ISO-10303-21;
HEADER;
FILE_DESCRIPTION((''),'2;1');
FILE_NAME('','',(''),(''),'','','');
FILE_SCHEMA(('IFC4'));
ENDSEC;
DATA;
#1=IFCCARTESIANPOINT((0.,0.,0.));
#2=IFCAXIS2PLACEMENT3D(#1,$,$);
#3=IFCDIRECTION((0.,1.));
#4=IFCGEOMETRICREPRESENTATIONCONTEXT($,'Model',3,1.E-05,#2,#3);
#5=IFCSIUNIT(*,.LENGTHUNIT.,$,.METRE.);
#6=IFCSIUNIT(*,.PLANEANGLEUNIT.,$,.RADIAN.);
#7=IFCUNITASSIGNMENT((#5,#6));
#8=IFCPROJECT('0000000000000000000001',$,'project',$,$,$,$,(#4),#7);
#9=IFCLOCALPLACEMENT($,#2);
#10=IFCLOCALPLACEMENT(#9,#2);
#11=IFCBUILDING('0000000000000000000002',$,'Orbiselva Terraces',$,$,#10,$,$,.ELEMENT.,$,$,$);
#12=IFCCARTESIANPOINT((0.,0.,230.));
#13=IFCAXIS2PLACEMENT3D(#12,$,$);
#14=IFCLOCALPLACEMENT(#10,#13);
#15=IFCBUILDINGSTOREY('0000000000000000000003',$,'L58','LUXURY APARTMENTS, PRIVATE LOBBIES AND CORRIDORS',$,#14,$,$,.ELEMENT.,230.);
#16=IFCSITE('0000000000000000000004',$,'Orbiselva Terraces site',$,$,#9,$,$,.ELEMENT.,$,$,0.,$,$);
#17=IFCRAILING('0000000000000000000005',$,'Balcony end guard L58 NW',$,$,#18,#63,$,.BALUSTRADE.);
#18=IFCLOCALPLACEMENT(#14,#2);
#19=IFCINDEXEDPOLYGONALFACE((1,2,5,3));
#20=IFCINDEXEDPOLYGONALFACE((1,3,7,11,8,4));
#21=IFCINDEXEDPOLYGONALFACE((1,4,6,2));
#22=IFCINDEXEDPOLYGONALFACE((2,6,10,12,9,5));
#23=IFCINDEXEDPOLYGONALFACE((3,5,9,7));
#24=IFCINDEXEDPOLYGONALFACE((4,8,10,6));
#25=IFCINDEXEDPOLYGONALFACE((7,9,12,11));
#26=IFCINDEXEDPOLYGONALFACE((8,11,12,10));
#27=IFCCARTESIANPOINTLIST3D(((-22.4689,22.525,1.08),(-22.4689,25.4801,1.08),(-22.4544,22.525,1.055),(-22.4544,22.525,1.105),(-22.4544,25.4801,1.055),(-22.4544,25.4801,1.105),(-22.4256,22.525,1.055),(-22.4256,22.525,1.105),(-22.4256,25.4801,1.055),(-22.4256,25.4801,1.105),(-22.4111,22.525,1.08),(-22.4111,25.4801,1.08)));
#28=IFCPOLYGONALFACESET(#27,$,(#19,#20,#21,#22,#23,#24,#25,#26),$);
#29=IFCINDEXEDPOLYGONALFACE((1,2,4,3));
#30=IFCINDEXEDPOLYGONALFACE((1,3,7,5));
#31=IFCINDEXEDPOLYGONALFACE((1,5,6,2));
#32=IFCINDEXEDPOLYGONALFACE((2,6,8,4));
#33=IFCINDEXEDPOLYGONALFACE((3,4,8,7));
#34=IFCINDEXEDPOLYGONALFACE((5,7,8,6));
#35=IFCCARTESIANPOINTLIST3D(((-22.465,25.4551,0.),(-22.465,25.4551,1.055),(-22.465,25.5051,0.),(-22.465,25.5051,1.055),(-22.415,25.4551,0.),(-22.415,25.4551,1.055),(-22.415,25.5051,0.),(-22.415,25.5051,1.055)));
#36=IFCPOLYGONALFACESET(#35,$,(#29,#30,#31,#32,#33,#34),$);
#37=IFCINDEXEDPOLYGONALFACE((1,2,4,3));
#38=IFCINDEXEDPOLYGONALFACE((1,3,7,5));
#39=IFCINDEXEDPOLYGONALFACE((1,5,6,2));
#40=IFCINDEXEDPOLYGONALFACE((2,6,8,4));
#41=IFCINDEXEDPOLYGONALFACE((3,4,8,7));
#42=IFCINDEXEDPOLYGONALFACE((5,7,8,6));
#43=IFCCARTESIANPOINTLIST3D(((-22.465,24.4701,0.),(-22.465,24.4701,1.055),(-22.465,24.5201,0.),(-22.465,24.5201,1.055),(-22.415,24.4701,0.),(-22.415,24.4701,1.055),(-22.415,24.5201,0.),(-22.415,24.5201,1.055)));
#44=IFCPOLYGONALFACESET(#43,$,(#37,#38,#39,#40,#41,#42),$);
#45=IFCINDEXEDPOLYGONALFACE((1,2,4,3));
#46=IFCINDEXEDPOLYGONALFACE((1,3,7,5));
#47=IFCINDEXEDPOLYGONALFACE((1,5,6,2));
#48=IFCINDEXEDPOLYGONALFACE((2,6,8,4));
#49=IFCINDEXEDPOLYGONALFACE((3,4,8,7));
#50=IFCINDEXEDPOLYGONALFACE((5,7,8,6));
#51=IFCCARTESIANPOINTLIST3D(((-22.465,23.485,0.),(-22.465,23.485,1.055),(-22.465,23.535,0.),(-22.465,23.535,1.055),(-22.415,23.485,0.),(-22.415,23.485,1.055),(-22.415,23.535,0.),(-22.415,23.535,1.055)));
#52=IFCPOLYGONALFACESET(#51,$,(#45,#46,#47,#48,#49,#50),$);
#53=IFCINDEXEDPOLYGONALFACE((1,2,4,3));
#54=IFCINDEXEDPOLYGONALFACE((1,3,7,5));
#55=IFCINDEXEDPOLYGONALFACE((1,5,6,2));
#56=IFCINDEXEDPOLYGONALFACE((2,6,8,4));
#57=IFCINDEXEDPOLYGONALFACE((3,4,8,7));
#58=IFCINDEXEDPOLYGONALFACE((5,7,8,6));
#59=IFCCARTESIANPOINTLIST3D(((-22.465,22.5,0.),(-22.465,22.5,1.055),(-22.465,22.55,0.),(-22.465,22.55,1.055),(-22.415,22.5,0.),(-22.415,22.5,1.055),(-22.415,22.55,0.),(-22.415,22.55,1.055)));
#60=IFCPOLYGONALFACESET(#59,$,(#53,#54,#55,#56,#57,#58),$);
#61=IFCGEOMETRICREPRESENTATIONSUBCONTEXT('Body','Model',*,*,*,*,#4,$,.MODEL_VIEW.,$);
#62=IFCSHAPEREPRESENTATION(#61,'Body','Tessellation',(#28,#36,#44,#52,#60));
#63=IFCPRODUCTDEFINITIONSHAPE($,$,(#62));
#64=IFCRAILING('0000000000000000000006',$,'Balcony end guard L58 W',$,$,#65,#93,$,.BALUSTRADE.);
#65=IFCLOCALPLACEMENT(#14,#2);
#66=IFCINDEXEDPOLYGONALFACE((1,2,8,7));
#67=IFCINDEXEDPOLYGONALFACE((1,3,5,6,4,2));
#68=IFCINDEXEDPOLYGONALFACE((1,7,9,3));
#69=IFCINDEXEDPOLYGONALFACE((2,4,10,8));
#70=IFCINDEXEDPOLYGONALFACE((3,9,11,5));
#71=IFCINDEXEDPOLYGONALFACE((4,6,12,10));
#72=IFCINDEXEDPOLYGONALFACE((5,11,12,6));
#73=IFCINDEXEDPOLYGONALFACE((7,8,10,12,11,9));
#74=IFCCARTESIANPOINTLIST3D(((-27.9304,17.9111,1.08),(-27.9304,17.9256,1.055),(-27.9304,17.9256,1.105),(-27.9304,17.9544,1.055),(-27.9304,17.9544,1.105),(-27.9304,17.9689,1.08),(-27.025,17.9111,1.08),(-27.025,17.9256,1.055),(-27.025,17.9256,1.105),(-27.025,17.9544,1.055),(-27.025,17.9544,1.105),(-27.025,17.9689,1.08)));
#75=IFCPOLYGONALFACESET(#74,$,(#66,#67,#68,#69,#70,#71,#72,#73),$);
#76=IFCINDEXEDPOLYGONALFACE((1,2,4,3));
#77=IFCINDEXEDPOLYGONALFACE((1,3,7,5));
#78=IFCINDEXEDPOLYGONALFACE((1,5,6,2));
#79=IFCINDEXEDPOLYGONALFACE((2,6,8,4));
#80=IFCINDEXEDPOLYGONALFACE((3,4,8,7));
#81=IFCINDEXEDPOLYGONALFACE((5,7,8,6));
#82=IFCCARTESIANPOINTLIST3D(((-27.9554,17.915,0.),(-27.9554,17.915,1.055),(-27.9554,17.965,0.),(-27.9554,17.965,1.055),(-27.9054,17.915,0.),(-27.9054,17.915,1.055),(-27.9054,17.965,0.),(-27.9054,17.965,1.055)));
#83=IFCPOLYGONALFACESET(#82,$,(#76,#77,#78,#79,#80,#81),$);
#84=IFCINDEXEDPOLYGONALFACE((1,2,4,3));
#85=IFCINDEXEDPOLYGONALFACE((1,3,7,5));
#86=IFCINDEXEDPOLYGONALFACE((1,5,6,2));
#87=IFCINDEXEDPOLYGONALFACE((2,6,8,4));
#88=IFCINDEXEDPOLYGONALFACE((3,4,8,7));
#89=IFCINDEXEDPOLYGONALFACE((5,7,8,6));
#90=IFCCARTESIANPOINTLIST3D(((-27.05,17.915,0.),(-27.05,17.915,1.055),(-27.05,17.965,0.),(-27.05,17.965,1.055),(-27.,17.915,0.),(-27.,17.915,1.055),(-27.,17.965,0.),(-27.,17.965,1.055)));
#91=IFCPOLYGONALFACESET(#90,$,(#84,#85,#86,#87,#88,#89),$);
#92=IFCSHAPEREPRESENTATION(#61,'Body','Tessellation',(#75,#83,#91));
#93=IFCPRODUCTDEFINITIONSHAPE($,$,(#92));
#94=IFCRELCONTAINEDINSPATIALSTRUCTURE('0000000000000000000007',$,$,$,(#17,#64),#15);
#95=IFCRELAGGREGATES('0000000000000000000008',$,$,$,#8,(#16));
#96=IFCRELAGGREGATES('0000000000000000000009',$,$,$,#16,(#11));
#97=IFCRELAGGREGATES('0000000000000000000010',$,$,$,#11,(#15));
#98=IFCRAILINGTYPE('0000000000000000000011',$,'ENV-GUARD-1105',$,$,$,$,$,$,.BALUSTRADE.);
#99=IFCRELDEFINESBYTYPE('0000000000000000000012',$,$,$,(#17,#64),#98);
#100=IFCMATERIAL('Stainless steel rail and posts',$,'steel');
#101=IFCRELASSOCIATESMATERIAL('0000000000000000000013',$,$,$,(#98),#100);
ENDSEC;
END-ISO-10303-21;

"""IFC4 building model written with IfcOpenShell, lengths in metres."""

from ifc_helpers import new_model, si_unit, direction, frame, origin, origin_2d, place, context, subcontext, project, spatial, polyline, rectangle, outline, extrude, material, type_object, element, save


model = new_model("IFC4")

# Units and contexts
model_context = context("Model", 3, precision=1e-05, world=origin(), true_north=direction((0.0, 1.0)))
body_context = subcontext(model_context, "Body", "Model", "MODEL_VIEW")
ifc_project = project(units=[si_unit("LENGTHUNIT", "METRE"), si_unit("PLANEANGLEUNIT", "RADIAN")], contexts=[model_context])

# Site, building, storey
site_placement = place(None, origin())
site = spatial("IfcSite", under=ifc_project, at=site_placement, Name="Orbiselva Terraces site", CompositionType="ELEMENT", RefElevation=0.0)
building_placement = place(site_placement, origin())
building = spatial("IfcBuilding", under=site, at=building_placement, Name="Orbiselva Terraces", CompositionType="ELEMENT")
storey_placement = place(building_placement, frame((0.0, 0.0, 230.0)))
storey = spatial("IfcBuildingStorey", under=building, at=storey_placement, Name="L58", Description="LUXURY APARTMENTS, PRIVATE LOBBIES AND CORRIDORS", CompositionType="ELEMENT", Elevation=230.0)

# Railings
ifc_material_1 = material(Name="Stainless steel rail and posts", Category="steel")
railing_type_1 = type_object("IfcRailingType", Name="ENV-GUARD-1105", PredefinedType="BALUSTRADE", material=ifc_material_1)
railing_1_placement = place(storey_placement, frame((-22.44, 25.4801, 0.0)))
element("IfcRailing", 1, at=railing_1_placement, inside=storey, type_object=railing_type_1, Name="Balcony end guard L58 NW", PredefinedType="BALUSTRADE", context=body_context, shape_type="SweptSolid", body=[
    extrude(outline(polyline([(0.0289, 0.0), (0.0144, 0.025), (-0.0144, 0.025), (-0.0289, 0.0), (-0.0144, -0.025), (0.0144, -0.025), (0.0289, 0.0)])), frame((0.0, 0.0, 1.08), z_axis=(0.0, -1.0, 0.0), x_axis=(1.0, 0.0, 0.0)), (0.0, 0.0, 1.0), 2.9551),
    extrude(rectangle(XDim=0.05, YDim=0.05, at=origin_2d()), origin(), (0.0, 0.0, 1.0), 1.055),
    extrude(rectangle(XDim=0.05, YDim=0.05, at=origin_2d()), frame((0.0, -0.985, 0.0)), (0.0, 0.0, 1.0), 1.055),
    extrude(rectangle(XDim=0.05, YDim=0.05, at=origin_2d()), frame((0.0, -1.9701, 0.0)), (0.0, 0.0, 1.0), 1.055),
    extrude(rectangle(XDim=0.05, YDim=0.05, at=origin_2d()), frame((0.0, -2.9551, 0.0)), (0.0, 0.0, 1.0), 1.055),
])
railing_2_placement = place(storey_placement, frame((-27.9304, 17.94, 0.0)))
element("IfcRailing", 2, at=railing_2_placement, inside=storey, type_object=railing_type_1, Name="Balcony end guard L58 W", PredefinedType="BALUSTRADE", context=body_context, shape_type="SweptSolid", body=[
    extrude(outline(polyline([(0.0289, 0.0), (0.0144, 0.025), (-0.0144, 0.025), (-0.0289, 0.0), (-0.0144, -0.025), (0.0144, -0.025), (0.0289, 0.0)])), frame((0.0, 0.0, 1.08), z_axis=(1.0, 0.0, 0.0), x_axis=(0.0, 1.0, 0.0)), (0.0, 0.0, 1.0), 0.9054),
    extrude(rectangle(XDim=0.05, YDim=0.05, at=origin_2d()), origin(), (0.0, 0.0, 1.0), 1.055),
    extrude(rectangle(XDim=0.05, YDim=0.05, at=origin_2d()), frame((0.9054, 0.0, 0.0)), (0.0, 0.0, 1.0), 1.055),
])

save(model, "model.ifc")
